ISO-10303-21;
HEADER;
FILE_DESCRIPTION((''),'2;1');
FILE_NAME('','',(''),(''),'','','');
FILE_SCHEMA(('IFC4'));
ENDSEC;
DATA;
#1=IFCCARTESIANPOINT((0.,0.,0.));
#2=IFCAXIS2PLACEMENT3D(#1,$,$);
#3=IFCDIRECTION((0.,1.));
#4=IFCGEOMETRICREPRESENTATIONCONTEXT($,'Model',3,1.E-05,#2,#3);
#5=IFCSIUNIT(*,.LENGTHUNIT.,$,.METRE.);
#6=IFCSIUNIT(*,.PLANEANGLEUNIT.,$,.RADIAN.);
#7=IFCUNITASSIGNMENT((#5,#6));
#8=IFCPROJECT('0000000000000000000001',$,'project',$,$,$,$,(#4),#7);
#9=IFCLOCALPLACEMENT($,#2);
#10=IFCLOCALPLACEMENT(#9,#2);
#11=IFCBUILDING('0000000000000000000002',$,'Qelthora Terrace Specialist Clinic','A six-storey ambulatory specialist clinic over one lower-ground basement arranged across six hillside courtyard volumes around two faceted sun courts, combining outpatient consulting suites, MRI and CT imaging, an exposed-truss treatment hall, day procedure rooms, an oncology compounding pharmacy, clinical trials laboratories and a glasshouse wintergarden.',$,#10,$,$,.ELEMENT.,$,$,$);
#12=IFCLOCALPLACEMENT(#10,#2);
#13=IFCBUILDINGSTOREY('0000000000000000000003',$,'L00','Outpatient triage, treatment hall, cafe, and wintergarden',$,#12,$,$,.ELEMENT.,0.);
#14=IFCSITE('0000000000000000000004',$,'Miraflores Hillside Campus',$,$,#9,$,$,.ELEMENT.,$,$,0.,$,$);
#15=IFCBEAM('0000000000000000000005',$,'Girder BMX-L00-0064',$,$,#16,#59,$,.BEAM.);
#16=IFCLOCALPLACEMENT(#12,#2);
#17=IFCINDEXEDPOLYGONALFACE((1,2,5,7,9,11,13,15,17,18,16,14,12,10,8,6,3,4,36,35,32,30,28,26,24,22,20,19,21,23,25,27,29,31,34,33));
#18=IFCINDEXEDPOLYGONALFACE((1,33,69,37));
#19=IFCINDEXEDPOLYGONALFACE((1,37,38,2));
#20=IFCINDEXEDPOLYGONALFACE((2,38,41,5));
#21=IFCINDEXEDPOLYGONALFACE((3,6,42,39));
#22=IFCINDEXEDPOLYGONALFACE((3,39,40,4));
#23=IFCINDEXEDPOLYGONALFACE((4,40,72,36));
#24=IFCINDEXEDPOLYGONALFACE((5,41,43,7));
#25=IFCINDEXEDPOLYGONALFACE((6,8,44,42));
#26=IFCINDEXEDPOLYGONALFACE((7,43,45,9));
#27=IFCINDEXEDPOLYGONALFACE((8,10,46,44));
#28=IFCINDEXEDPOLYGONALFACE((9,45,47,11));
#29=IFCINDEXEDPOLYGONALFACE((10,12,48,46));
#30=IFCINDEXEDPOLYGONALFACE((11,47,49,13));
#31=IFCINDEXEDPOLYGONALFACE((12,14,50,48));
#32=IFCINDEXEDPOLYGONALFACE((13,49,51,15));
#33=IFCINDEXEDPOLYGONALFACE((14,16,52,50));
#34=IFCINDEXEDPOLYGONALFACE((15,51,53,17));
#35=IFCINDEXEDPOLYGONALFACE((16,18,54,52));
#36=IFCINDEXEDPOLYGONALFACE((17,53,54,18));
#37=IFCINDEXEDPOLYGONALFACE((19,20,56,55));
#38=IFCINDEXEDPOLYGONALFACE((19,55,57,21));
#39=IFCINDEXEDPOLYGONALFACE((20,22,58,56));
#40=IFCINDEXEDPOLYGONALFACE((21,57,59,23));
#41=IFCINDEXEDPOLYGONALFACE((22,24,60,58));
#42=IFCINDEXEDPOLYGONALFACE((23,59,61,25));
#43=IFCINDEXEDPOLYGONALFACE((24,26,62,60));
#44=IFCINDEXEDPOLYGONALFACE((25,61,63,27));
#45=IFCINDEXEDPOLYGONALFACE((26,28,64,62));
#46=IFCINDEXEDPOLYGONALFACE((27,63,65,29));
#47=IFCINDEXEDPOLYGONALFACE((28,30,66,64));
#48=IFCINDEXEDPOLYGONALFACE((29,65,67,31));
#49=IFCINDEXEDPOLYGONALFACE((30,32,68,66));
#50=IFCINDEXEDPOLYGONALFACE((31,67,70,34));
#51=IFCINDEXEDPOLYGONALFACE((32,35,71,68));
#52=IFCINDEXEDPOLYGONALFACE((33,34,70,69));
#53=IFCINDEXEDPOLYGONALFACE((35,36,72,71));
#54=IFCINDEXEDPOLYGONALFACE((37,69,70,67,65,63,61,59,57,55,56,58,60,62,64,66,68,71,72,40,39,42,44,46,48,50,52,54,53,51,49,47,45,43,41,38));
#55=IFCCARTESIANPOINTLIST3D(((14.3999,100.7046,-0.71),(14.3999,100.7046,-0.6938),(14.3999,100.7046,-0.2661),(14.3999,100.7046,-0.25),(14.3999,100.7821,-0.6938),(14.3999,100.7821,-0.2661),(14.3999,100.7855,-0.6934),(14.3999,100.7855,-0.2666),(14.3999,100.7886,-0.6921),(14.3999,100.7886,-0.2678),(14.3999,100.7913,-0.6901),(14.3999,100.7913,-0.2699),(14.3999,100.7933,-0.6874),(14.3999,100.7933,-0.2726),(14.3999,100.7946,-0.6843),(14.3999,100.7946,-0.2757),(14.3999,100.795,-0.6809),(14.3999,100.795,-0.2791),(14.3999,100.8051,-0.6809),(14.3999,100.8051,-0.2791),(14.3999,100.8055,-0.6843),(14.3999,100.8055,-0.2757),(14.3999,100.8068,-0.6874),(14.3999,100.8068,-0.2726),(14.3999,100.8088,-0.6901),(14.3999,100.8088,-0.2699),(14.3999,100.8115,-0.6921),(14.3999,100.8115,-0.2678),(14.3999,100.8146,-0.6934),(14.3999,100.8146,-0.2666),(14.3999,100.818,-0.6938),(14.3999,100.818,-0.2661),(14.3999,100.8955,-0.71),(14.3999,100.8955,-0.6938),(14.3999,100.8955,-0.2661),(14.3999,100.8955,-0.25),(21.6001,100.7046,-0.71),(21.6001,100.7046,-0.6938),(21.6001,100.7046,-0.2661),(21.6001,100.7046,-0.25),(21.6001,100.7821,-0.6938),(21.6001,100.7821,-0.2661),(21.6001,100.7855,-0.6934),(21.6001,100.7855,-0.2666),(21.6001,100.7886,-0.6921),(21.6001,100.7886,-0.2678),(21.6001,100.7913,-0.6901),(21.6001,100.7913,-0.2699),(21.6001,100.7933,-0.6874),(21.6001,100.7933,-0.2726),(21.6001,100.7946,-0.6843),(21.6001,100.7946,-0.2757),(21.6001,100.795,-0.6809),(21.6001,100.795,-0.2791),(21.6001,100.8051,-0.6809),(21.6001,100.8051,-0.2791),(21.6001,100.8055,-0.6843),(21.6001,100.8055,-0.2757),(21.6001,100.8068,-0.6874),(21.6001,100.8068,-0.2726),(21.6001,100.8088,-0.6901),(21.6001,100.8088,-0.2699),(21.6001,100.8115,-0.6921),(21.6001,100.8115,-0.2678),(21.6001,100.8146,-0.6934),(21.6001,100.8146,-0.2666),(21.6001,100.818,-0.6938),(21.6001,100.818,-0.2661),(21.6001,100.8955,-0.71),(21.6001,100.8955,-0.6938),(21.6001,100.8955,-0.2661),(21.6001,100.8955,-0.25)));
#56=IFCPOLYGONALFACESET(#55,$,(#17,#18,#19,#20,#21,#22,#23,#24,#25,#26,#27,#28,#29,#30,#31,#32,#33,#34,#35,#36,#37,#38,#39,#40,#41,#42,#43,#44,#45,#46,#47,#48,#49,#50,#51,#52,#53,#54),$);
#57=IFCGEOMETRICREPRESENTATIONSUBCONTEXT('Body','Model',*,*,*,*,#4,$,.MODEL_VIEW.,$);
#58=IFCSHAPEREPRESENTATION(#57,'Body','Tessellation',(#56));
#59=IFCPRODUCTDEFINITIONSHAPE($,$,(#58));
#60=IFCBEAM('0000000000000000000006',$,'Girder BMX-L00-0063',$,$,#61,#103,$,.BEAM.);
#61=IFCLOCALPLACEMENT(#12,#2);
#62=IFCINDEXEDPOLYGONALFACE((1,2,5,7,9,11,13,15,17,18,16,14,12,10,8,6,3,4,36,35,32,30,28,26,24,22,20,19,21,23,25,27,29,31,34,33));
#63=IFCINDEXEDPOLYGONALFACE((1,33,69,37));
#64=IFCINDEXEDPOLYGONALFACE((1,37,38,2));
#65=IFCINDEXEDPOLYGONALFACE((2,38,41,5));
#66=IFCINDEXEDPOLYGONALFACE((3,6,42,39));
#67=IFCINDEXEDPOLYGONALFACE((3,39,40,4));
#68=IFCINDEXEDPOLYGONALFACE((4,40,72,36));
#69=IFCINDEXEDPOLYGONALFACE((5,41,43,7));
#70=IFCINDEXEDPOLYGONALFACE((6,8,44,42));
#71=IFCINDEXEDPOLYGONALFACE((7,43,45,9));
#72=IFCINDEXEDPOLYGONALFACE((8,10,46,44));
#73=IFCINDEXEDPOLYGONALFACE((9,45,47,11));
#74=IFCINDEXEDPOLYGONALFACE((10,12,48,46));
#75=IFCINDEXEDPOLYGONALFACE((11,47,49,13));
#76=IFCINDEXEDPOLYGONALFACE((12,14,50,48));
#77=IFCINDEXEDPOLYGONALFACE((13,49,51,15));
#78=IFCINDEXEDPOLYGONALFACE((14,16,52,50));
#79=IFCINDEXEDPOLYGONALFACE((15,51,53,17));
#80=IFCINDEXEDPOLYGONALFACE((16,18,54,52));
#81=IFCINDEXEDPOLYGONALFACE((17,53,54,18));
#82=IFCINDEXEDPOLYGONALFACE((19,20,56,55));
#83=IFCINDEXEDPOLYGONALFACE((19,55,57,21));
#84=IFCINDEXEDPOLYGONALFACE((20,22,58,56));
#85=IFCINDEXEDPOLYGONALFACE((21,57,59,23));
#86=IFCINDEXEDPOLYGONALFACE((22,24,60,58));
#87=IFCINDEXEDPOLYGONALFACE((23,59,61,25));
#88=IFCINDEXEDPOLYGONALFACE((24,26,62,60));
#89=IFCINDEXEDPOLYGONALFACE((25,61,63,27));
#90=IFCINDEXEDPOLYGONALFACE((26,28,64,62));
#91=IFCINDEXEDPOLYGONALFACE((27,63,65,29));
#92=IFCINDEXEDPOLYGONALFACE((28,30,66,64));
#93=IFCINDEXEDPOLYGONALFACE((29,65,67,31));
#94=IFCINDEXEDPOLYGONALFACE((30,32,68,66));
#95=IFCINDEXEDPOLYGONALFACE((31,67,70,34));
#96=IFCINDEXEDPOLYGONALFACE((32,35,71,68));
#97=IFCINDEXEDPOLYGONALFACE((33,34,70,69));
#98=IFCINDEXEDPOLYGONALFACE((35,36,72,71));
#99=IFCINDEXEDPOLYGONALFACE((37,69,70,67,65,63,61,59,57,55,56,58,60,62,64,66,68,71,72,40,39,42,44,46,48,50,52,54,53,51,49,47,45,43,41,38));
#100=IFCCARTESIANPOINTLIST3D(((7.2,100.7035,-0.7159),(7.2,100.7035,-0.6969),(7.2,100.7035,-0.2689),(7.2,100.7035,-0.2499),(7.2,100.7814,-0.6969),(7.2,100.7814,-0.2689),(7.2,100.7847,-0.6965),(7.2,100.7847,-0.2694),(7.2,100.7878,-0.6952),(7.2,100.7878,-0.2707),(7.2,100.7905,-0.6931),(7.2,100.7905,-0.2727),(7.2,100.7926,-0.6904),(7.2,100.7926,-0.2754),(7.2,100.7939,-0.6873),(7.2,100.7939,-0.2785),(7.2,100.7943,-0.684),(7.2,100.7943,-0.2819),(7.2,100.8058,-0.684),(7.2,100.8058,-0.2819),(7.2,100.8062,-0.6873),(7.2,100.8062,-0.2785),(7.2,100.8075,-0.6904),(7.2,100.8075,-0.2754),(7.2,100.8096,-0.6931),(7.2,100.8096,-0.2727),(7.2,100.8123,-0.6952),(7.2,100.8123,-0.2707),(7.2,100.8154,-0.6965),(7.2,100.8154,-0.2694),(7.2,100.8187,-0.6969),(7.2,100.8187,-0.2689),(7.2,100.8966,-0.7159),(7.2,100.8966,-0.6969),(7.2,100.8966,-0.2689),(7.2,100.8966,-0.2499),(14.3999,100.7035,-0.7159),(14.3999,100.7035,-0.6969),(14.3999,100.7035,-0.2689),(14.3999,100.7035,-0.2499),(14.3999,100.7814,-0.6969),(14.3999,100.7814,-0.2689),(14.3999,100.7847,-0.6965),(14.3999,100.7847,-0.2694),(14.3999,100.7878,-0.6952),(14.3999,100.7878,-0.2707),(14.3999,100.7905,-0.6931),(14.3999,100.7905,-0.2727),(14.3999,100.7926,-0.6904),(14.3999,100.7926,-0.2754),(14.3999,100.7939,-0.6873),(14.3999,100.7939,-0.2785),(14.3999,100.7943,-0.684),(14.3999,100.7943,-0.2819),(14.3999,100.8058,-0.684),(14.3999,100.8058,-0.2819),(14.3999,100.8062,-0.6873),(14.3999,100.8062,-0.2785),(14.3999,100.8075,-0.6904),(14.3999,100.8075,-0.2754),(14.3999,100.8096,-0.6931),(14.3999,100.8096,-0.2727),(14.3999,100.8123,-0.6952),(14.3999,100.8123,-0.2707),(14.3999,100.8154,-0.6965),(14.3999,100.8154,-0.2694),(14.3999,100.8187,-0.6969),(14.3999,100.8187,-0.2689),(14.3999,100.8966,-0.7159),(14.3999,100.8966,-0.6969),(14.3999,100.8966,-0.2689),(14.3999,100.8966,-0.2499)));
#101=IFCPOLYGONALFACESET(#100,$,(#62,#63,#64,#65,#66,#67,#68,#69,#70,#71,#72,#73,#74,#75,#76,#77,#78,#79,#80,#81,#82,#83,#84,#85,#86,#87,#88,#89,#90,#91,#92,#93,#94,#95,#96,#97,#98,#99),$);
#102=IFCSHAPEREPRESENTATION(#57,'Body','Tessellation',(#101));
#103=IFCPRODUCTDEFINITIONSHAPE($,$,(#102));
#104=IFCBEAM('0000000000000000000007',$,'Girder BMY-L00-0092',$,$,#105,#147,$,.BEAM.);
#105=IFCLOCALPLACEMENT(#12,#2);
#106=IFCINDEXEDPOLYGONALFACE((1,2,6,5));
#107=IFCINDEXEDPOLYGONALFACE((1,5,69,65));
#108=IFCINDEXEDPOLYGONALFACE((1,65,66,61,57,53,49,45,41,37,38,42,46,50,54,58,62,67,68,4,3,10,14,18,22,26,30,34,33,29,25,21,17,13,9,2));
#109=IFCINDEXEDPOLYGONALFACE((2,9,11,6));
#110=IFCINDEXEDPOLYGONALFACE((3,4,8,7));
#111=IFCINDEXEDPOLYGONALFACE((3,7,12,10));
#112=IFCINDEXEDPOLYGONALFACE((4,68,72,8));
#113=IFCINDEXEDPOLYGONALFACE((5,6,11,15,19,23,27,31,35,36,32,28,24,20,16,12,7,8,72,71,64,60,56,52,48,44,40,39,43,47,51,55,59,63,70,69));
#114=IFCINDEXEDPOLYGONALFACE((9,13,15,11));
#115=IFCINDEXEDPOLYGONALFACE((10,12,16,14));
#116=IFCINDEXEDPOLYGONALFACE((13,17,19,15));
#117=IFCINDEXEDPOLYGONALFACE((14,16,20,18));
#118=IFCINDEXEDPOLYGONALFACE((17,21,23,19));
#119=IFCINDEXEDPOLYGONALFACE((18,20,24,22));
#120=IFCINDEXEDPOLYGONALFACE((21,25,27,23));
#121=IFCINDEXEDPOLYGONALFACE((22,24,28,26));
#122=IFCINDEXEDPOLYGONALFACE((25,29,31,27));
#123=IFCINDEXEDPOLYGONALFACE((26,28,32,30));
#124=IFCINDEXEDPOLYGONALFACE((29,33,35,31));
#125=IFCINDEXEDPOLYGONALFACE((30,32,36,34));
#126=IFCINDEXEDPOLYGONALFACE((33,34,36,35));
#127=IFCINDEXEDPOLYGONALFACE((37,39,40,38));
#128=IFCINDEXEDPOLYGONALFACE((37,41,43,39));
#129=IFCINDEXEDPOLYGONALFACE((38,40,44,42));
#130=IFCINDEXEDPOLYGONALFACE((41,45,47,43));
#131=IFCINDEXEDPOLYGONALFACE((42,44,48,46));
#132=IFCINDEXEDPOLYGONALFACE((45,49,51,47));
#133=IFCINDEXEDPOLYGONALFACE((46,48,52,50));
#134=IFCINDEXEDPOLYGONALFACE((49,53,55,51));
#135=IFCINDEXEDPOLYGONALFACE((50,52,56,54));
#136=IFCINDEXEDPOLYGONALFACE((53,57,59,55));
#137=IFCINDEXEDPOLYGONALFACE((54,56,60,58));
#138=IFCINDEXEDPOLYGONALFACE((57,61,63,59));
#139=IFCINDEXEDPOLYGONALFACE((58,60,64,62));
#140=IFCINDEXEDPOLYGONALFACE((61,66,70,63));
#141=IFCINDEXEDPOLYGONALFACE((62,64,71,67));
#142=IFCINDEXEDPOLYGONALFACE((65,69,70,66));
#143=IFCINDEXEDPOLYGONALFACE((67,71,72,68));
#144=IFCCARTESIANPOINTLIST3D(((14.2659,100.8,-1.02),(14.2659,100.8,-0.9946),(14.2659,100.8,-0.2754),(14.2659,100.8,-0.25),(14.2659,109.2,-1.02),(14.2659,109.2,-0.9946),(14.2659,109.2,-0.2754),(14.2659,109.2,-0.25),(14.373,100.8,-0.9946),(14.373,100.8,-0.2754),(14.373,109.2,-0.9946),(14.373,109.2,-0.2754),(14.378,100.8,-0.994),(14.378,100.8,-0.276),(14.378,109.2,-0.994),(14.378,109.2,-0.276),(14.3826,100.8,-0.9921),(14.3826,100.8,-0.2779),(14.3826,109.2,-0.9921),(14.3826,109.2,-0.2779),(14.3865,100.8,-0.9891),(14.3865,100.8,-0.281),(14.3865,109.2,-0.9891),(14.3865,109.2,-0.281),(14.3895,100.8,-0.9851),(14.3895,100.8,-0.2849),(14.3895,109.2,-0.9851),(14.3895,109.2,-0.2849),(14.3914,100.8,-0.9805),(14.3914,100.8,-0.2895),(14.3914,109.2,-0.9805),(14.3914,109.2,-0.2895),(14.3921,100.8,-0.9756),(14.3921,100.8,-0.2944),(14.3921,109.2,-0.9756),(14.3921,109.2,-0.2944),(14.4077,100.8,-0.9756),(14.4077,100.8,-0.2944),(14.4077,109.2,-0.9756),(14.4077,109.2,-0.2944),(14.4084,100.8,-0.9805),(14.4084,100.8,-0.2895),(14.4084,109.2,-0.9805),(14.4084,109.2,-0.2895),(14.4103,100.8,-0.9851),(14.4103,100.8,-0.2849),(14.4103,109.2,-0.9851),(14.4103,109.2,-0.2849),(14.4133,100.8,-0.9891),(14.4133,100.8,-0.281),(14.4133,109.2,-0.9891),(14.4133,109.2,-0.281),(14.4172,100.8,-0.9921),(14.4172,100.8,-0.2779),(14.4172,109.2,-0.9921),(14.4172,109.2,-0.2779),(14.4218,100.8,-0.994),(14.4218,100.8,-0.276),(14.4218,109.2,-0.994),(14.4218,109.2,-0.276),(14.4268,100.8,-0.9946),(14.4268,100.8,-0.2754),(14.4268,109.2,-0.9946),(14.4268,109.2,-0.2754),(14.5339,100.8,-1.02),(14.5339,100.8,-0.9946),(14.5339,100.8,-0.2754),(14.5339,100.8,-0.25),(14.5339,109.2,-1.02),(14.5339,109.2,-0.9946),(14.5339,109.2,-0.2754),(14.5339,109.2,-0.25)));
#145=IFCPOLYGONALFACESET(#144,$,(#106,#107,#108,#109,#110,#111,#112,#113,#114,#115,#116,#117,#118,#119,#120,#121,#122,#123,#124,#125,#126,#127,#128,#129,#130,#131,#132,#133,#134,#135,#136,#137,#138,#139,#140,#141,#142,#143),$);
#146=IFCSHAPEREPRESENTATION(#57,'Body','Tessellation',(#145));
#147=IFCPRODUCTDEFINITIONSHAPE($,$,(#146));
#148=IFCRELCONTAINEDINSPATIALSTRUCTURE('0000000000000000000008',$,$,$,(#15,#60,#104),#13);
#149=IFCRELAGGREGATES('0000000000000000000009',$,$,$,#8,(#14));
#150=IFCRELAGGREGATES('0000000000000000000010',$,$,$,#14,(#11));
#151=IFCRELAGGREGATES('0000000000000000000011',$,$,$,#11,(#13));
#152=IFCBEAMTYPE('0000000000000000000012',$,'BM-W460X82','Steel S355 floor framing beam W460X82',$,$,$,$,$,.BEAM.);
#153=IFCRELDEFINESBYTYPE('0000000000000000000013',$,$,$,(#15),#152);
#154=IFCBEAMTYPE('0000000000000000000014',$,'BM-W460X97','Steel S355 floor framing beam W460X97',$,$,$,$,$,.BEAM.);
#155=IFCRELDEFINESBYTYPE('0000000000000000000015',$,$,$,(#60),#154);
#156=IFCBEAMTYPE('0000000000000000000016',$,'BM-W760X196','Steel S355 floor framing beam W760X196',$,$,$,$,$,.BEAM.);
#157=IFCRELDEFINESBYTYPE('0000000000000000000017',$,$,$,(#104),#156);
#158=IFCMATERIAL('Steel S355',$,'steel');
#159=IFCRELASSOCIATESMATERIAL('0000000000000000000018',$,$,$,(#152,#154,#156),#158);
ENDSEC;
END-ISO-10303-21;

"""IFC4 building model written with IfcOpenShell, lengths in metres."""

from ifc_helpers import new_model, si_unit, direction, frame, origin, origin_2d, place, context, subcontext, project, spatial, i_section, extrude, material, material_profile, profile_set, type_object, element, save


model = new_model("IFC4")

# Units and contexts
model_context = context("Model", 3, precision=1e-05, world=origin(), true_north=direction((0.0, 1.0)))
body_context = subcontext(model_context, "Body", "Model", "MODEL_VIEW")
ifc_project = project(units=[si_unit("LENGTHUNIT", "METRE"), si_unit("PLANEANGLEUNIT", "RADIAN")], contexts=[model_context])

# Site, building, storey
site_placement = place(None, origin())
site = spatial("IfcSite", under=ifc_project, at=site_placement, Name="Miraflores Hillside Campus", CompositionType="ELEMENT", RefElevation=0.0)
building_placement = place(site_placement, origin())
building = spatial("IfcBuilding", under=site, at=building_placement, Name="Qelthora Terrace Specialist Clinic", Description="A six-storey ambulatory specialist clinic over one lower-ground basement arranged across six hillside courtyard volumes around two faceted sun courts, combining outpatient consulting suites, MRI and CT imaging, an exposed-truss treatment hall, day procedure rooms, an oncology compounding pharmacy, clinical trials laboratories and a glasshouse wintergarden.", CompositionType="ELEMENT")
storey_placement = place(building_placement, origin())
storey = spatial("IfcBuildingStorey", under=building, at=storey_placement, Name="L00", Description="Outpatient triage, treatment hall, cafe, and wintergarden", CompositionType="ELEMENT", Elevation=0.0)

# Shared definitions
ifc_material_1 = material(Name="Steel S355", Category="steel")

# Beams
ifc_material_profile_1 = material_profile(ifc_material_1, i_section(OverallWidth=0.1909, OverallDepth=0.46, WebThickness=0.01, FlangeThickness=0.0161, FilletRadius=0.0129, at=origin_2d()), Name="W460X82")
ifc_profile_set_1 = profile_set([ifc_material_profile_1], Name="Steel S355")
beam_type_1 = type_object("IfcBeamType", Name="BM-W460X82", Description="Steel S355 floor framing beam W460X82", PredefinedType="BEAM", material=ifc_profile_set_1)
beam_1_placement = place(storey_placement, frame((14.3999, 100.8, -0.48), z_axis=(1.0, 0.0, 0.0), x_axis=(0.0, 1.0, 0.0)))
element("IfcBeam", 1, at=beam_1_placement, inside=storey, type_object=beam_type_1, Name="Girder BMX-L00-0064", PredefinedType="BEAM", context=body_context, shape_type="SweptSolid", body=[
    extrude(i_section(OverallWidth=0.1909, OverallDepth=0.46, WebThickness=0.01, FlangeThickness=0.0161, FilletRadius=0.0129, at=origin_2d()), origin(), (0.0, 0.0, 1.0), 7.2002),
])
ifc_material_profile_2 = material_profile(ifc_material_1, i_section(OverallWidth=0.1931, OverallDepth=0.4661, WebThickness=0.0115, FlangeThickness=0.019, FilletRadius=0.0129, at=origin_2d()), Name="W460X97")
ifc_profile_set_2 = profile_set([ifc_material_profile_2], Name="Steel S355")
beam_type_2 = type_object("IfcBeamType", Name="BM-W460X97", Description="Steel S355 floor framing beam W460X97", PredefinedType="BEAM", material=ifc_profile_set_2)
beam_2_placement = place(storey_placement, frame((7.2, 100.8, -0.4829), z_axis=(1.0, 0.0, 0.0), x_axis=(0.0, 1.0, 0.0)))
element("IfcBeam", 2, at=beam_2_placement, inside=storey, type_object=beam_type_2, Name="Girder BMX-L00-0063", PredefinedType="BEAM", context=body_context, shape_type="SweptSolid", body=[
    extrude(i_section(OverallWidth=0.1931, OverallDepth=0.4661, WebThickness=0.0115, FlangeThickness=0.019, FilletRadius=0.0129, at=origin_2d()), origin(), (0.0, 0.0, 1.0), 7.2),
])
ifc_material_profile_3 = material_profile(ifc_material_1, i_section(OverallWidth=0.2681, OverallDepth=0.77, WebThickness=0.0156, FlangeThickness=0.0254, FilletRadius=0.019, at=origin_2d()), Name="W760X196")
ifc_profile_set_3 = profile_set([ifc_material_profile_3], Name="Steel S355")
beam_type_3 = type_object("IfcBeamType", Name="BM-W760X196", Description="Steel S355 floor framing beam W760X196", PredefinedType="BEAM", material=ifc_profile_set_3)
beam_3_placement = place(storey_placement, frame((14.3999, 100.8, -0.635), z_axis=(0.0, 1.0, 0.0), x_axis=(-1.0, 0.0, 0.0)))
element("IfcBeam", 3, at=beam_3_placement, inside=storey, type_object=beam_type_3, Name="Girder BMY-L00-0092", PredefinedType="BEAM", context=body_context, shape_type="SweptSolid", body=[
    extrude(i_section(OverallWidth=0.2681, OverallDepth=0.77, WebThickness=0.0156, FlangeThickness=0.0254, FilletRadius=0.019, at=origin_2d()), origin(), (0.0, 0.0, 1.0), 8.3999),
])

save(model, "model.ifc")
